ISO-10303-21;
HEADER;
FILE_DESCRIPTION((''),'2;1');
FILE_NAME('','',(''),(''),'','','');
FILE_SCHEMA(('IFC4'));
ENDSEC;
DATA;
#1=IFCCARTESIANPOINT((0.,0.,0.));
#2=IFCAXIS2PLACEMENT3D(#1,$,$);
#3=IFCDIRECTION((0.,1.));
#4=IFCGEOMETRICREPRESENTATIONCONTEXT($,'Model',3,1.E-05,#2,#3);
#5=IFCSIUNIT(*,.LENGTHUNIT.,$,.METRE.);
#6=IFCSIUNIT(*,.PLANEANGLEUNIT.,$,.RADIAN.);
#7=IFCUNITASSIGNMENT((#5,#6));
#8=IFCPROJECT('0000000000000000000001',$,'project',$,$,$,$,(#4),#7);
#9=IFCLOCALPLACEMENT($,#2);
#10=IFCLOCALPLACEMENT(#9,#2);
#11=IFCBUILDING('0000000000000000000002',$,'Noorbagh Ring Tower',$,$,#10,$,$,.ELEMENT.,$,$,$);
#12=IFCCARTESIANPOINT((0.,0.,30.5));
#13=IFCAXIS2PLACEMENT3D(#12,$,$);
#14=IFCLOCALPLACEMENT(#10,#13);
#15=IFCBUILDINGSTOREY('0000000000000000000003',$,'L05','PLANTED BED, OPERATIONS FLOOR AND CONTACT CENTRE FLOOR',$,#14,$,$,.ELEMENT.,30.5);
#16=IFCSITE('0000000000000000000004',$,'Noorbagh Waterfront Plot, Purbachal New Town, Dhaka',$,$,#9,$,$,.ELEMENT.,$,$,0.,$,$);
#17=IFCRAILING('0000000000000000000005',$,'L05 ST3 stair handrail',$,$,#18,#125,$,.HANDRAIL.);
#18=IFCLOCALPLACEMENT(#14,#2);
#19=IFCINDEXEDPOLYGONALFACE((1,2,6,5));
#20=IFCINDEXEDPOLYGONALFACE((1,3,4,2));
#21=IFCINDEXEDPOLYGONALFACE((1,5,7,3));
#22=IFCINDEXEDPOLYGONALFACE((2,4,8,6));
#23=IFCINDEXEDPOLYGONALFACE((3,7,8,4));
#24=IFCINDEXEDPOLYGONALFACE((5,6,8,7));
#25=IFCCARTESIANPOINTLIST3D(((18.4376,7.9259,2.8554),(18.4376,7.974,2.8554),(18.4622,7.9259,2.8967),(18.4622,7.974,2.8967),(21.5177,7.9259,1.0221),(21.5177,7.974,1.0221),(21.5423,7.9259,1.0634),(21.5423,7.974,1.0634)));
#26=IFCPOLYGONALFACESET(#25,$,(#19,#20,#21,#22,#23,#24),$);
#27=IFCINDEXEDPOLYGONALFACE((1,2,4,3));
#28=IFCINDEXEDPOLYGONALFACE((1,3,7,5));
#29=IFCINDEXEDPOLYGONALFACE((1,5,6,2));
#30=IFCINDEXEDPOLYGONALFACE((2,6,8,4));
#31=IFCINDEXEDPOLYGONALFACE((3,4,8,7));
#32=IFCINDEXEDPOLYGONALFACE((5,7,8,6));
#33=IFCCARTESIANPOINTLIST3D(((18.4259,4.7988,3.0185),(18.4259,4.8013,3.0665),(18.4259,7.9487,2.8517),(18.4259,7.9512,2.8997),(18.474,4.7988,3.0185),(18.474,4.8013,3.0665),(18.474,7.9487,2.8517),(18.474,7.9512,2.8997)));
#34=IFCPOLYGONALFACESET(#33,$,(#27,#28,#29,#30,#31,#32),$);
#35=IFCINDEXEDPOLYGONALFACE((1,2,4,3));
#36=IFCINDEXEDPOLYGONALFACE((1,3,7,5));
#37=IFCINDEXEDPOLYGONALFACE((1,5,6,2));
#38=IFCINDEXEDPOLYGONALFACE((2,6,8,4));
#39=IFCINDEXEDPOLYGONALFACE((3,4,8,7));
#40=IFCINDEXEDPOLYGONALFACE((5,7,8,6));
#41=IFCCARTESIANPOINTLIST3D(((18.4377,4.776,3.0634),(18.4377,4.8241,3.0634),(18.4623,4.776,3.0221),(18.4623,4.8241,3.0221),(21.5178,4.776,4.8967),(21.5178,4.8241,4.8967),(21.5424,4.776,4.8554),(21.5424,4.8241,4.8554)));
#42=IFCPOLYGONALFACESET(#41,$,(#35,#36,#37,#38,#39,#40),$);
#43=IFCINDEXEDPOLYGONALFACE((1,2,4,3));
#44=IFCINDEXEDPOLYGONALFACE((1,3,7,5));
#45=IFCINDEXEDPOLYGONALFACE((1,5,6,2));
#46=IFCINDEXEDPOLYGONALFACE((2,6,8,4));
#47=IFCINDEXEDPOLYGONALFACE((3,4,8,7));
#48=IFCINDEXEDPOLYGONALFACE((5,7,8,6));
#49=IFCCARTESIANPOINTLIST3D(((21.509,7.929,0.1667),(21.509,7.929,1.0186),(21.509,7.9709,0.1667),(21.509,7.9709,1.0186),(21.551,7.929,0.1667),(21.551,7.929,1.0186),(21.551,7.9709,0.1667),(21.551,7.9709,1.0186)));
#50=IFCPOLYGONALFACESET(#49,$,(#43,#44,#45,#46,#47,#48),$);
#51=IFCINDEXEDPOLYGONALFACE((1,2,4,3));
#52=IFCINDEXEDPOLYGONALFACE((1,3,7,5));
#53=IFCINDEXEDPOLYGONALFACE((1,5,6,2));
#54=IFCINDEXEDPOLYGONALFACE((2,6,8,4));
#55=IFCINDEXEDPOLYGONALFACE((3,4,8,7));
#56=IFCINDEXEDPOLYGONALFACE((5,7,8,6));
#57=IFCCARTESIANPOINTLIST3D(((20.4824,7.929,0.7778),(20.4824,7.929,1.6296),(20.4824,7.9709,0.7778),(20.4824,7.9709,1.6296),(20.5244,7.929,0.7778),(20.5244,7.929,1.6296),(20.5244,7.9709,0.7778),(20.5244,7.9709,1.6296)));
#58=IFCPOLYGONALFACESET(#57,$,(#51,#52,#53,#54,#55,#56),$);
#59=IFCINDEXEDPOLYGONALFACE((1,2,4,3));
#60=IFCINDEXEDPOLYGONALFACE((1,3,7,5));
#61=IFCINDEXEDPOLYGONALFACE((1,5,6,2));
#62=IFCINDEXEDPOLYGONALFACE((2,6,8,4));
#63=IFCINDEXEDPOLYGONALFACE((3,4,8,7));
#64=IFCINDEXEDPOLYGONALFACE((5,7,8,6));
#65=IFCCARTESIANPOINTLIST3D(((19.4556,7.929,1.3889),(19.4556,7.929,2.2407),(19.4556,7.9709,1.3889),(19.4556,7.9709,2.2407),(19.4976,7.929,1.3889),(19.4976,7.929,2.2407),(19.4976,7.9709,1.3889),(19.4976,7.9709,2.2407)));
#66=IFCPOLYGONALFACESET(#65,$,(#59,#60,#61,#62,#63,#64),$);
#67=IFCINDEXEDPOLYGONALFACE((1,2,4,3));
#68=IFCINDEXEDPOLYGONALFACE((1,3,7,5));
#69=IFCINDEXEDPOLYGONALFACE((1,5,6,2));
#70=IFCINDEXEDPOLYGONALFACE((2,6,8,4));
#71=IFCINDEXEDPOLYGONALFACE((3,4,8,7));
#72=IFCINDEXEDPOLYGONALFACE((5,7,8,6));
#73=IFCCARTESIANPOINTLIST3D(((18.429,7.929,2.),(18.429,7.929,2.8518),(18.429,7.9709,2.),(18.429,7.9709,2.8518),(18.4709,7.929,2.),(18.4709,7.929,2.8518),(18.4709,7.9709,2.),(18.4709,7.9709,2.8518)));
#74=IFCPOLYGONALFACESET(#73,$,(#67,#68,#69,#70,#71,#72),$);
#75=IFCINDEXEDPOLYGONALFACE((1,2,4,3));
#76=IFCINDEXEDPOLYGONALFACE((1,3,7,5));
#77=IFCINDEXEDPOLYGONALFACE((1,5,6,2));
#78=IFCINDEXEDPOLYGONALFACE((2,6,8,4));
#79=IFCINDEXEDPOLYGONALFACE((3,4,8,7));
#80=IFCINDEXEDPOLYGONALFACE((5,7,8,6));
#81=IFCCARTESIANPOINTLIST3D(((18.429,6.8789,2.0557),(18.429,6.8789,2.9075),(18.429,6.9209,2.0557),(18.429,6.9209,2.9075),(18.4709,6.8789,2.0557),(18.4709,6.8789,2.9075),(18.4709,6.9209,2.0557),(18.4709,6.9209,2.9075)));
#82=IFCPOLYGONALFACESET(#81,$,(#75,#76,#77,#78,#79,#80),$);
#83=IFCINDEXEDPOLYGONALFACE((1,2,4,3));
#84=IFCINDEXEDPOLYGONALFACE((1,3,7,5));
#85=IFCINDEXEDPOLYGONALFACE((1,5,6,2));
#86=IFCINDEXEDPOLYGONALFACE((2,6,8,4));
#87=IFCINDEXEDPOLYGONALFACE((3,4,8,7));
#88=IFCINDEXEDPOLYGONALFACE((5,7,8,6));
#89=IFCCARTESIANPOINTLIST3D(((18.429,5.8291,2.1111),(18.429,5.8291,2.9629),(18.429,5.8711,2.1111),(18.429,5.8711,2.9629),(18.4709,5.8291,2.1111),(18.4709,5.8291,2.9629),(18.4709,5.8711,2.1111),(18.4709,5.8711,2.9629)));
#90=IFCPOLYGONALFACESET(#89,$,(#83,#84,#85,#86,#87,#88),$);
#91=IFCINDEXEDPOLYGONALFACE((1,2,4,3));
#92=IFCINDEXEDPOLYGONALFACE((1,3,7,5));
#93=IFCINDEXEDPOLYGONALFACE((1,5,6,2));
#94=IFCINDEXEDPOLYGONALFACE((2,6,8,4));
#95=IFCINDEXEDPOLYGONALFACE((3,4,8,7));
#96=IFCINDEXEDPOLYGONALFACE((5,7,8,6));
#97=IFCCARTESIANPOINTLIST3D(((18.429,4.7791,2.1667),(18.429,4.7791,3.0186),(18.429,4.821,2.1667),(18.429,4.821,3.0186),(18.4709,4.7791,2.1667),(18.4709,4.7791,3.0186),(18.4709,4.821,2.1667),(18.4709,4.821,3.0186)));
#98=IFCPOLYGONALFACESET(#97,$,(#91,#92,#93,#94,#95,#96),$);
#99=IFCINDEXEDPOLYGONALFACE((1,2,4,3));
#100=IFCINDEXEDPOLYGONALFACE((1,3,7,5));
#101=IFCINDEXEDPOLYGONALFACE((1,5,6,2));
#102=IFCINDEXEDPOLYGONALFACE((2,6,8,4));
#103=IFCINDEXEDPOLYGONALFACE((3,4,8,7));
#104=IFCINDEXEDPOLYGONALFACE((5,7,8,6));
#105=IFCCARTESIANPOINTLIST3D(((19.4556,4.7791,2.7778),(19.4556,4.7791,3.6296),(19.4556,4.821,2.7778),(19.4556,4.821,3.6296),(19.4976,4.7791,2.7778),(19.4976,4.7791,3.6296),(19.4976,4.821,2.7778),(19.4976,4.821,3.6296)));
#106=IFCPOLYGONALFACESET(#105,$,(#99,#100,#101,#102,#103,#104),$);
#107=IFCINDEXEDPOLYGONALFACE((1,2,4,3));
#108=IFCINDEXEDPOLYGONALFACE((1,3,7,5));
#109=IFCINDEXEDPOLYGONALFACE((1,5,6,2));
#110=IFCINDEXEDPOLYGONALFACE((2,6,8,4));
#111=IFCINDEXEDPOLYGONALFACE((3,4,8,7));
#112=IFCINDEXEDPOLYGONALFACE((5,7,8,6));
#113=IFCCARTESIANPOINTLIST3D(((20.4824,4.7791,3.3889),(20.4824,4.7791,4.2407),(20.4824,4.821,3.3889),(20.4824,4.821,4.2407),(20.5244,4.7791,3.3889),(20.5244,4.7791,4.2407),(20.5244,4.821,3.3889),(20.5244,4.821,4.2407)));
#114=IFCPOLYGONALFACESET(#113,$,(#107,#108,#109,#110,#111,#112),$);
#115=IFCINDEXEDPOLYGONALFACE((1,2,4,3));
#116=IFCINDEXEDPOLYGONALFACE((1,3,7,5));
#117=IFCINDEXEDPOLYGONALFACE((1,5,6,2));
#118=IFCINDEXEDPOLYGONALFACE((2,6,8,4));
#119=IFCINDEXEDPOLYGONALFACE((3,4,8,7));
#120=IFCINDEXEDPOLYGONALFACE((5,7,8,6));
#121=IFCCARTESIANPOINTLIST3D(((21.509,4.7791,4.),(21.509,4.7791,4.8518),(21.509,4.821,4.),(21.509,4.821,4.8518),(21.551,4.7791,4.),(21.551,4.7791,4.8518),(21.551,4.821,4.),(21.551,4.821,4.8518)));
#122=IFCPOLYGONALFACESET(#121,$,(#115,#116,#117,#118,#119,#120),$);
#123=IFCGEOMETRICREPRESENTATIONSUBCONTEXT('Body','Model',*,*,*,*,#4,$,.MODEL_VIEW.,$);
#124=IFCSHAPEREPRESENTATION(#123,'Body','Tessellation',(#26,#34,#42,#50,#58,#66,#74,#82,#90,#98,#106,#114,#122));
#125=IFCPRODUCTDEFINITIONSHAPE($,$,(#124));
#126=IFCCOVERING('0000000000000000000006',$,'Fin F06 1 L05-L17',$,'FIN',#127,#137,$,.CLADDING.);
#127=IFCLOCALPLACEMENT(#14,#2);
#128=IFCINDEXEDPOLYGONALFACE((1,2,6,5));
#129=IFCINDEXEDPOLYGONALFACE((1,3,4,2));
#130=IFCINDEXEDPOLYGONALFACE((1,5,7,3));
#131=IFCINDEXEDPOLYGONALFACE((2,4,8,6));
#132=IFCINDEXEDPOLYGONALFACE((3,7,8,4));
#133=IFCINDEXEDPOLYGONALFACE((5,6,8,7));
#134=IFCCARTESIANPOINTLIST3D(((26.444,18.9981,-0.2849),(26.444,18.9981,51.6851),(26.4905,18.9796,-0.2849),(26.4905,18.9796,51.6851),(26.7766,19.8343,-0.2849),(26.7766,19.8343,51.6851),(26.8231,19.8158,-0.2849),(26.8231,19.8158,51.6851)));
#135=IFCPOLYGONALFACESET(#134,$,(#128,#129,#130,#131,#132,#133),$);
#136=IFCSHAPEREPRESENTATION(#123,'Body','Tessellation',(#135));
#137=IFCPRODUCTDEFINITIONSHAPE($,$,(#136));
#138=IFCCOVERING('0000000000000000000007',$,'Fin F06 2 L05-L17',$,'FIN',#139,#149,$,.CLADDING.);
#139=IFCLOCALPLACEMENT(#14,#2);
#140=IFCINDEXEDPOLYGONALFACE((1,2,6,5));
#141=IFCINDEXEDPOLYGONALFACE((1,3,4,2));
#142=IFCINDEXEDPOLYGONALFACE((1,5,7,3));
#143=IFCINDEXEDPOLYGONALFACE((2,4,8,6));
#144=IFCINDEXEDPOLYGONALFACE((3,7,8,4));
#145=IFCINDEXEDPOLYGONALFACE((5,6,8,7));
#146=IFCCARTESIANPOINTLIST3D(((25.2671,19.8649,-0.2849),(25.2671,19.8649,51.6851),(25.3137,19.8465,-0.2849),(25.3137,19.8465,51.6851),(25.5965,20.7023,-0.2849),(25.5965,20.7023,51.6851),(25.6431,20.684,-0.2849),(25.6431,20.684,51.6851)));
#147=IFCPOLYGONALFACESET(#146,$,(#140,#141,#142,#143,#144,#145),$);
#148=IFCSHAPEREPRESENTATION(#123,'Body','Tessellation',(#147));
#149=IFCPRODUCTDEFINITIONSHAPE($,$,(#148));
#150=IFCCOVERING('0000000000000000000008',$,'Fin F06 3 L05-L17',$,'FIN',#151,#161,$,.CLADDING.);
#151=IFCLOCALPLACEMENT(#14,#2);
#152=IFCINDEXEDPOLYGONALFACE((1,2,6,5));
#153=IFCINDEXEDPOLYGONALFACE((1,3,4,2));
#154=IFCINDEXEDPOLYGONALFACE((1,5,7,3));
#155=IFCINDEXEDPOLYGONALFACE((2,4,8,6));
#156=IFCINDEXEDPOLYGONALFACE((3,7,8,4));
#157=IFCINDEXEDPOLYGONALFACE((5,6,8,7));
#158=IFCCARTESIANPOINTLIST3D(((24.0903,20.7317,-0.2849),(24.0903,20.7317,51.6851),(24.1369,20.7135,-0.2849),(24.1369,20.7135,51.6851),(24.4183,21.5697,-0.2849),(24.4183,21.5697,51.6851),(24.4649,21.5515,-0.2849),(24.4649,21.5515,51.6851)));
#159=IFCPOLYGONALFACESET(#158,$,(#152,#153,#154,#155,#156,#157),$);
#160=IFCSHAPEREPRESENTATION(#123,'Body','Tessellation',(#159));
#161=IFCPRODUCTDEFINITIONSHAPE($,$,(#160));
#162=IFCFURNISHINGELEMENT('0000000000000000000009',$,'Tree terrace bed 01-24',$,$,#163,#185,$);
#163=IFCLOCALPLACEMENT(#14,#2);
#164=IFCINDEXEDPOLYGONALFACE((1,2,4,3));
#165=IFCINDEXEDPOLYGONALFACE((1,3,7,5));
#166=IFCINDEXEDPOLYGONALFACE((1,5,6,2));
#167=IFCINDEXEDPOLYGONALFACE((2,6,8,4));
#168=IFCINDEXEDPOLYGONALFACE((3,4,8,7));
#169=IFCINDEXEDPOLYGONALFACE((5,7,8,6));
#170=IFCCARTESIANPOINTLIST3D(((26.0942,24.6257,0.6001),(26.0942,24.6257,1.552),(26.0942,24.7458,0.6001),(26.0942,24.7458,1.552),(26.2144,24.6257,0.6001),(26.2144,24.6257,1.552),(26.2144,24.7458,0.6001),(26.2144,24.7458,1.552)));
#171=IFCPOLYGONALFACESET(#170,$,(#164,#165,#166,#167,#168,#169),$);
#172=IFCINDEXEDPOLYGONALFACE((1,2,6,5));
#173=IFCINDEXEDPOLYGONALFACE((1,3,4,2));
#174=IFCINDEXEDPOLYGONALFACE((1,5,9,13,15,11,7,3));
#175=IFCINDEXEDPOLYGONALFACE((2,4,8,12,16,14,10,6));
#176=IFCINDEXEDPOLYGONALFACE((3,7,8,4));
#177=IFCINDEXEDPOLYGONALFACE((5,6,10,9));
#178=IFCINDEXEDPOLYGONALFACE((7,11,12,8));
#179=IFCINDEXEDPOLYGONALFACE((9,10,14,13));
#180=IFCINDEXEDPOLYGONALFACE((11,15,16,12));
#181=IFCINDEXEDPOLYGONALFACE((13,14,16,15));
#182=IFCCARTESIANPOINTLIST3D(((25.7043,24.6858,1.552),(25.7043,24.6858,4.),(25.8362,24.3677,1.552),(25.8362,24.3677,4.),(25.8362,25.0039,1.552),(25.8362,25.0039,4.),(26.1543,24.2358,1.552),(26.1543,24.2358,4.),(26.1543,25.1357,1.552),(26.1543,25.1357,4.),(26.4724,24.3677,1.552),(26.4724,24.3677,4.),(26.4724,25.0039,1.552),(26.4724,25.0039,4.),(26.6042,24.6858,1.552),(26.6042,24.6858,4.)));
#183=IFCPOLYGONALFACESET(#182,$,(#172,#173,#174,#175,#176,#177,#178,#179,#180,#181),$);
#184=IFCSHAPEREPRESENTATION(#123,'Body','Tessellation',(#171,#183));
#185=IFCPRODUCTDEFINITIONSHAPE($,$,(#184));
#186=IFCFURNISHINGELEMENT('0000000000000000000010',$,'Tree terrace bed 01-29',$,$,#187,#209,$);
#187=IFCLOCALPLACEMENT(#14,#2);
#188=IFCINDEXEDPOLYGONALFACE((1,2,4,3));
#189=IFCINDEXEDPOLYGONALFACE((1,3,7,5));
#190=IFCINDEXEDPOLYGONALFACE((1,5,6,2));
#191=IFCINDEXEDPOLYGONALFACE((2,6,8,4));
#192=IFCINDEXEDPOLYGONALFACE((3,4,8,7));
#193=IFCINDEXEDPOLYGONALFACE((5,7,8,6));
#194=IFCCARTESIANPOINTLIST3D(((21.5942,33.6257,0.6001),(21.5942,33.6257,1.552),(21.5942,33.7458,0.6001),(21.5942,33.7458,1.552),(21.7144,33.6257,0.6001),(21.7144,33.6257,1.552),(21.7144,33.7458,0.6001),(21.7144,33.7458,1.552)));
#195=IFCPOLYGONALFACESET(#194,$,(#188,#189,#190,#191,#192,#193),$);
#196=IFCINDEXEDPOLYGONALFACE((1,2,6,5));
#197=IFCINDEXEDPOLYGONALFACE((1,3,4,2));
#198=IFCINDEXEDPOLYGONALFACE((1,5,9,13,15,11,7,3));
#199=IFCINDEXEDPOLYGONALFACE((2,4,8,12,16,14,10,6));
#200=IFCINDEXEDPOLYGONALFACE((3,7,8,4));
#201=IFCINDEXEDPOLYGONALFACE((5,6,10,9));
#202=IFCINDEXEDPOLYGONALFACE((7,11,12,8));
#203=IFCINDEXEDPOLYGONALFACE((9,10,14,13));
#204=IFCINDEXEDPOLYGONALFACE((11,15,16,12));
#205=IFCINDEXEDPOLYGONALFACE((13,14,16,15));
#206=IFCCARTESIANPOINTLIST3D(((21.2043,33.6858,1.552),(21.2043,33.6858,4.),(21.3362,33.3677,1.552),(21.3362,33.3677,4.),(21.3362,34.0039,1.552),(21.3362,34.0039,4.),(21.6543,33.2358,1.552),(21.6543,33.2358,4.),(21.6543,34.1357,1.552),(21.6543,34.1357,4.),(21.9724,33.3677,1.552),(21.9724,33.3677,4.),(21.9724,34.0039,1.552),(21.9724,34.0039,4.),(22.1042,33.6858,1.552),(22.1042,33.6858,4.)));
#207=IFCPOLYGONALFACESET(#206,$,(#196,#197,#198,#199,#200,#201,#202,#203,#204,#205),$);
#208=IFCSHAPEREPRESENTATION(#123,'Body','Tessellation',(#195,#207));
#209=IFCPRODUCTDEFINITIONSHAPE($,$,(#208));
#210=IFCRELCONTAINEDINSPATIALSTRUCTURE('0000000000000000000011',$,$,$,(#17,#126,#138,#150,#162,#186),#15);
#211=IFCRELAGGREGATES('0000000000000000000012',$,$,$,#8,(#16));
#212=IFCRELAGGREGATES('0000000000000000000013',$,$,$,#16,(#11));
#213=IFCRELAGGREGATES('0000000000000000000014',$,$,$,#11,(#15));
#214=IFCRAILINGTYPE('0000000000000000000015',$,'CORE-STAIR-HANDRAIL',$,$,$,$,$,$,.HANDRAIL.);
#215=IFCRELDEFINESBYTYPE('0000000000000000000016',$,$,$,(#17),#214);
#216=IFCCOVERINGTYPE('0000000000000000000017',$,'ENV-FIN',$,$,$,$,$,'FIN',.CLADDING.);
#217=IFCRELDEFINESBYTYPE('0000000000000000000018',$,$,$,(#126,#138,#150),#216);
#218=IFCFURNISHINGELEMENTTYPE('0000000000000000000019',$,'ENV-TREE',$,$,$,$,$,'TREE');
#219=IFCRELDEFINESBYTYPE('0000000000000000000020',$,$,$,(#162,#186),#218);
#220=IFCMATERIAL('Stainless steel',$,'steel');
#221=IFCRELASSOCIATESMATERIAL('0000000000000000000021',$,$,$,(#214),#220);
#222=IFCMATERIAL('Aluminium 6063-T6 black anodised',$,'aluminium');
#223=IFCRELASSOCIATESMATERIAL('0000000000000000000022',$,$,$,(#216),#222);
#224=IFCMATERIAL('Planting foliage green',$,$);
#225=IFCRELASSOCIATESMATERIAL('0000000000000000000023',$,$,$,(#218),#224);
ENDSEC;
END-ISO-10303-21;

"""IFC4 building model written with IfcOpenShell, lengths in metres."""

from ifc_helpers import new_model, si_unit, direction, frame, origin, origin_2d, place, context, subcontext, project, spatial, polyline, rectangle, outline, extrude, material, material_profile, profile_set, type_object, element, save


model = new_model("IFC4")

# Units and contexts
model_context = context("Model", 3, precision=1e-05, world=origin(), true_north=direction((0.0, 1.0)))
body_context = subcontext(model_context, "Body", "Model", "MODEL_VIEW")
ifc_project = project(units=[si_unit("LENGTHUNIT", "METRE"), si_unit("PLANEANGLEUNIT", "RADIAN")], contexts=[model_context])

# Site, building, storey
site_placement = place(None, origin())
site = spatial("IfcSite", under=ifc_project, at=site_placement, Name="Noorbagh Waterfront Plot, Purbachal New Town, Dhaka", CompositionType="ELEMENT", RefElevation=0.0)
building_placement = place(site_placement, origin())
building = spatial("IfcBuilding", under=site, at=building_placement, Name="Noorbagh Ring Tower", CompositionType="ELEMENT")
storey_placement = place(building_placement, frame((0.0, 0.0, 30.5)))
storey = spatial("IfcBuildingStorey", under=building, at=storey_placement, Name="L05", Description="PLANTED BED, OPERATIONS FLOOR AND CONTACT CENTRE FLOOR", CompositionType="ELEMENT", Elevation=30.5)

# Railing
ifc_material_1 = material(Name="Stainless steel", Category="steel")
railing_type_1 = type_object("IfcRailingType", Name="CORE-STAIR-HANDRAIL", PredefinedType="HANDRAIL", material=ifc_material_1)
railing_1_placement = place(storey_placement, frame((21.53, 7.95, 0.1667)))
element("IfcRailing", 1, at=railing_1_placement, inside=storey, type_object=railing_type_1, Name="L05 ST3 stair handrail", PredefinedType="HANDRAIL", context=body_context, shape_type="SweptSolid", body=[
    extrude(rectangle(XDim=0.0481, YDim=0.0481, at=origin_2d()), frame((0.0, 0.0, 0.876), z_axis=(-0.859309, 0.0, 0.511458), x_axis=(0.0, -1.0, 0.0)), (0.0, 0.0, 1.0), 3.5845),
    extrude(rectangle(XDim=0.0481, YDim=0.0481, at=origin_2d()), frame((-3.0801, 0.0, 2.709), z_axis=(0.0, -0.998602, 0.052864), x_axis=(1.0, 0.0, 0.0)), (0.0, 0.0, 1.0), 3.1543),
    extrude(rectangle(XDim=0.0481, YDim=0.0481, at=origin_2d()), frame((-3.0801, -3.1499, 2.876), z_axis=(0.859309, 0.0, 0.511458), x_axis=(0.0, 1.0, 0.0)), (0.0, 0.0, 1.0), 3.5845),
    extrude(rectangle(XDim=0.042, YDim=0.042, at=origin_2d()), origin(), (0.0, 0.0, 1.0), 0.8518),
    extrude(rectangle(XDim=0.042, YDim=0.042, at=origin_2d()), frame((-1.0266, 0.0, 0.6111)), (0.0, 0.0, 1.0), 0.8518),
    extrude(rectangle(XDim=0.042, YDim=0.042, at=origin_2d()), frame((-2.0535, 0.0, 1.2222)), (0.0, 0.0, 1.0), 0.8518),
    extrude(rectangle(XDim=0.042, YDim=0.042, at=origin_2d()), frame((-3.0801, 0.0, 1.8333)), (0.0, 0.0, 1.0), 0.8518),
    extrude(rectangle(XDim=0.042, YDim=0.042, at=origin_2d()), frame((-3.0801, -1.05, 1.8889)), (0.0, 0.0, 1.0), 0.8518),
    extrude(rectangle(XDim=0.042, YDim=0.042, at=origin_2d()), frame((-3.0801, -2.0999, 1.9443)), (0.0, 0.0, 1.0), 0.8518),
    extrude(rectangle(XDim=0.042, YDim=0.042, at=origin_2d()), frame((-3.0801, -3.1499, 2.0)), (0.0, 0.0, 1.0), 0.8518),
    extrude(rectangle(XDim=0.042, YDim=0.042, at=origin_2d()), frame((-2.0535, -3.1499, 2.6111)), (0.0, 0.0, 1.0), 0.8518),
    extrude(rectangle(XDim=0.042, YDim=0.042, at=origin_2d()), frame((-1.0266, -3.1499, 3.2222)), (0.0, 0.0, 1.0), 0.8518),
    extrude(rectangle(XDim=0.042, YDim=0.042, at=origin_2d()), frame((0.0, -3.1499, 3.8333)), (0.0, 0.0, 1.0), 0.8518),
])

# Coverings
ifc_material_2 = material(Name="Aluminium 6063-T6 black anodised", Category="aluminium")
ifc_material_profile_1 = material_profile(ifc_material_2, rectangle(XDim=0.8999, YDim=0.05, at=origin_2d()), Name="900x50")
ifc_profile_set_1 = profile_set([ifc_material_profile_1], Name="Aluminium 6063-T6 black anodised")
covering_type = type_object("IfcCoveringType", Name="ENV-FIN", ElementType="FIN", PredefinedType="CLADDING", material=ifc_profile_set_1)
for number, where, z_axis, x_axis, name in (
    (2, (26.6335, 19.407, -0.2849), (0.0, 0.0, 1.0), (0.369564, 0.929205, 0.0), "Fin F06 1 L05-L17"),
    (3, (25.4551, 20.2744, -0.2849), (0.0, 0.0, 1.0), (0.366047, 0.930596, 0.0), "Fin F06 2 L05-L17"),
    (4, (24.2776, 21.1416, -0.2849), (0.0, 0.0, 1.0), (0.364533, 0.93119, 0.0), "Fin F06 3 L05-L17"),
):
    element("IfcCovering", number, at=place(storey_placement, frame(where, z_axis=z_axis, x_axis=x_axis)), inside=storey, type_object=covering_type, Name=name, ObjectType="FIN", PredefinedType="CLADDING", context=body_context, shape_type="SweptSolid", body=[
        extrude(rectangle(XDim=0.8999, YDim=0.05, at=origin_2d()), origin(), (0.0, 0.0, 1.0), 51.97),
    ])

# Furnishing elements
ifc_material_3 = material(Name="Planting foliage green")
furnishing_element_type = type_object("IfcFurnishingElementType", Name="ENV-TREE", ElementType="TREE", material=ifc_material_3)
for number, where, z_axis, x_axis, name in (
    (5, (26.1543, 24.6858, 0.6001), (0.0, 0.0, 1.0), (1.0, 0.0, 0.0), "Tree terrace bed 01-24"),
    (6, (21.6543, 33.6858, 0.6001), (0.0, 0.0, 1.0), (1.0, 0.0, 0.0), "Tree terrace bed 01-29"),
):
    element("IfcFurnishingElement", number, at=place(storey_placement, frame(where, z_axis=z_axis, x_axis=x_axis)), inside=storey, type_object=furnishing_element_type, Name=name, context=body_context, shape_type="SweptSolid", body=[
        extrude(rectangle(XDim=0.1201, YDim=0.1201, at=origin_2d()), origin(), (0.0, 0.0, 1.0), 0.9519),
        extrude(outline(polyline([(0.45, 0.0), (0.3181, 0.3181), (0.0, 0.45), (-0.3181, 0.3181), (-0.45, 0.0), (-0.3181, -0.3181), (0.0, -0.45), (0.3181, -0.3181), (0.45, 0.0)])), frame((0.0, 0.0, 0.9519)), (0.0, 0.0, 1.0), 2.448),
    ])

save(model, "model.ifc")
